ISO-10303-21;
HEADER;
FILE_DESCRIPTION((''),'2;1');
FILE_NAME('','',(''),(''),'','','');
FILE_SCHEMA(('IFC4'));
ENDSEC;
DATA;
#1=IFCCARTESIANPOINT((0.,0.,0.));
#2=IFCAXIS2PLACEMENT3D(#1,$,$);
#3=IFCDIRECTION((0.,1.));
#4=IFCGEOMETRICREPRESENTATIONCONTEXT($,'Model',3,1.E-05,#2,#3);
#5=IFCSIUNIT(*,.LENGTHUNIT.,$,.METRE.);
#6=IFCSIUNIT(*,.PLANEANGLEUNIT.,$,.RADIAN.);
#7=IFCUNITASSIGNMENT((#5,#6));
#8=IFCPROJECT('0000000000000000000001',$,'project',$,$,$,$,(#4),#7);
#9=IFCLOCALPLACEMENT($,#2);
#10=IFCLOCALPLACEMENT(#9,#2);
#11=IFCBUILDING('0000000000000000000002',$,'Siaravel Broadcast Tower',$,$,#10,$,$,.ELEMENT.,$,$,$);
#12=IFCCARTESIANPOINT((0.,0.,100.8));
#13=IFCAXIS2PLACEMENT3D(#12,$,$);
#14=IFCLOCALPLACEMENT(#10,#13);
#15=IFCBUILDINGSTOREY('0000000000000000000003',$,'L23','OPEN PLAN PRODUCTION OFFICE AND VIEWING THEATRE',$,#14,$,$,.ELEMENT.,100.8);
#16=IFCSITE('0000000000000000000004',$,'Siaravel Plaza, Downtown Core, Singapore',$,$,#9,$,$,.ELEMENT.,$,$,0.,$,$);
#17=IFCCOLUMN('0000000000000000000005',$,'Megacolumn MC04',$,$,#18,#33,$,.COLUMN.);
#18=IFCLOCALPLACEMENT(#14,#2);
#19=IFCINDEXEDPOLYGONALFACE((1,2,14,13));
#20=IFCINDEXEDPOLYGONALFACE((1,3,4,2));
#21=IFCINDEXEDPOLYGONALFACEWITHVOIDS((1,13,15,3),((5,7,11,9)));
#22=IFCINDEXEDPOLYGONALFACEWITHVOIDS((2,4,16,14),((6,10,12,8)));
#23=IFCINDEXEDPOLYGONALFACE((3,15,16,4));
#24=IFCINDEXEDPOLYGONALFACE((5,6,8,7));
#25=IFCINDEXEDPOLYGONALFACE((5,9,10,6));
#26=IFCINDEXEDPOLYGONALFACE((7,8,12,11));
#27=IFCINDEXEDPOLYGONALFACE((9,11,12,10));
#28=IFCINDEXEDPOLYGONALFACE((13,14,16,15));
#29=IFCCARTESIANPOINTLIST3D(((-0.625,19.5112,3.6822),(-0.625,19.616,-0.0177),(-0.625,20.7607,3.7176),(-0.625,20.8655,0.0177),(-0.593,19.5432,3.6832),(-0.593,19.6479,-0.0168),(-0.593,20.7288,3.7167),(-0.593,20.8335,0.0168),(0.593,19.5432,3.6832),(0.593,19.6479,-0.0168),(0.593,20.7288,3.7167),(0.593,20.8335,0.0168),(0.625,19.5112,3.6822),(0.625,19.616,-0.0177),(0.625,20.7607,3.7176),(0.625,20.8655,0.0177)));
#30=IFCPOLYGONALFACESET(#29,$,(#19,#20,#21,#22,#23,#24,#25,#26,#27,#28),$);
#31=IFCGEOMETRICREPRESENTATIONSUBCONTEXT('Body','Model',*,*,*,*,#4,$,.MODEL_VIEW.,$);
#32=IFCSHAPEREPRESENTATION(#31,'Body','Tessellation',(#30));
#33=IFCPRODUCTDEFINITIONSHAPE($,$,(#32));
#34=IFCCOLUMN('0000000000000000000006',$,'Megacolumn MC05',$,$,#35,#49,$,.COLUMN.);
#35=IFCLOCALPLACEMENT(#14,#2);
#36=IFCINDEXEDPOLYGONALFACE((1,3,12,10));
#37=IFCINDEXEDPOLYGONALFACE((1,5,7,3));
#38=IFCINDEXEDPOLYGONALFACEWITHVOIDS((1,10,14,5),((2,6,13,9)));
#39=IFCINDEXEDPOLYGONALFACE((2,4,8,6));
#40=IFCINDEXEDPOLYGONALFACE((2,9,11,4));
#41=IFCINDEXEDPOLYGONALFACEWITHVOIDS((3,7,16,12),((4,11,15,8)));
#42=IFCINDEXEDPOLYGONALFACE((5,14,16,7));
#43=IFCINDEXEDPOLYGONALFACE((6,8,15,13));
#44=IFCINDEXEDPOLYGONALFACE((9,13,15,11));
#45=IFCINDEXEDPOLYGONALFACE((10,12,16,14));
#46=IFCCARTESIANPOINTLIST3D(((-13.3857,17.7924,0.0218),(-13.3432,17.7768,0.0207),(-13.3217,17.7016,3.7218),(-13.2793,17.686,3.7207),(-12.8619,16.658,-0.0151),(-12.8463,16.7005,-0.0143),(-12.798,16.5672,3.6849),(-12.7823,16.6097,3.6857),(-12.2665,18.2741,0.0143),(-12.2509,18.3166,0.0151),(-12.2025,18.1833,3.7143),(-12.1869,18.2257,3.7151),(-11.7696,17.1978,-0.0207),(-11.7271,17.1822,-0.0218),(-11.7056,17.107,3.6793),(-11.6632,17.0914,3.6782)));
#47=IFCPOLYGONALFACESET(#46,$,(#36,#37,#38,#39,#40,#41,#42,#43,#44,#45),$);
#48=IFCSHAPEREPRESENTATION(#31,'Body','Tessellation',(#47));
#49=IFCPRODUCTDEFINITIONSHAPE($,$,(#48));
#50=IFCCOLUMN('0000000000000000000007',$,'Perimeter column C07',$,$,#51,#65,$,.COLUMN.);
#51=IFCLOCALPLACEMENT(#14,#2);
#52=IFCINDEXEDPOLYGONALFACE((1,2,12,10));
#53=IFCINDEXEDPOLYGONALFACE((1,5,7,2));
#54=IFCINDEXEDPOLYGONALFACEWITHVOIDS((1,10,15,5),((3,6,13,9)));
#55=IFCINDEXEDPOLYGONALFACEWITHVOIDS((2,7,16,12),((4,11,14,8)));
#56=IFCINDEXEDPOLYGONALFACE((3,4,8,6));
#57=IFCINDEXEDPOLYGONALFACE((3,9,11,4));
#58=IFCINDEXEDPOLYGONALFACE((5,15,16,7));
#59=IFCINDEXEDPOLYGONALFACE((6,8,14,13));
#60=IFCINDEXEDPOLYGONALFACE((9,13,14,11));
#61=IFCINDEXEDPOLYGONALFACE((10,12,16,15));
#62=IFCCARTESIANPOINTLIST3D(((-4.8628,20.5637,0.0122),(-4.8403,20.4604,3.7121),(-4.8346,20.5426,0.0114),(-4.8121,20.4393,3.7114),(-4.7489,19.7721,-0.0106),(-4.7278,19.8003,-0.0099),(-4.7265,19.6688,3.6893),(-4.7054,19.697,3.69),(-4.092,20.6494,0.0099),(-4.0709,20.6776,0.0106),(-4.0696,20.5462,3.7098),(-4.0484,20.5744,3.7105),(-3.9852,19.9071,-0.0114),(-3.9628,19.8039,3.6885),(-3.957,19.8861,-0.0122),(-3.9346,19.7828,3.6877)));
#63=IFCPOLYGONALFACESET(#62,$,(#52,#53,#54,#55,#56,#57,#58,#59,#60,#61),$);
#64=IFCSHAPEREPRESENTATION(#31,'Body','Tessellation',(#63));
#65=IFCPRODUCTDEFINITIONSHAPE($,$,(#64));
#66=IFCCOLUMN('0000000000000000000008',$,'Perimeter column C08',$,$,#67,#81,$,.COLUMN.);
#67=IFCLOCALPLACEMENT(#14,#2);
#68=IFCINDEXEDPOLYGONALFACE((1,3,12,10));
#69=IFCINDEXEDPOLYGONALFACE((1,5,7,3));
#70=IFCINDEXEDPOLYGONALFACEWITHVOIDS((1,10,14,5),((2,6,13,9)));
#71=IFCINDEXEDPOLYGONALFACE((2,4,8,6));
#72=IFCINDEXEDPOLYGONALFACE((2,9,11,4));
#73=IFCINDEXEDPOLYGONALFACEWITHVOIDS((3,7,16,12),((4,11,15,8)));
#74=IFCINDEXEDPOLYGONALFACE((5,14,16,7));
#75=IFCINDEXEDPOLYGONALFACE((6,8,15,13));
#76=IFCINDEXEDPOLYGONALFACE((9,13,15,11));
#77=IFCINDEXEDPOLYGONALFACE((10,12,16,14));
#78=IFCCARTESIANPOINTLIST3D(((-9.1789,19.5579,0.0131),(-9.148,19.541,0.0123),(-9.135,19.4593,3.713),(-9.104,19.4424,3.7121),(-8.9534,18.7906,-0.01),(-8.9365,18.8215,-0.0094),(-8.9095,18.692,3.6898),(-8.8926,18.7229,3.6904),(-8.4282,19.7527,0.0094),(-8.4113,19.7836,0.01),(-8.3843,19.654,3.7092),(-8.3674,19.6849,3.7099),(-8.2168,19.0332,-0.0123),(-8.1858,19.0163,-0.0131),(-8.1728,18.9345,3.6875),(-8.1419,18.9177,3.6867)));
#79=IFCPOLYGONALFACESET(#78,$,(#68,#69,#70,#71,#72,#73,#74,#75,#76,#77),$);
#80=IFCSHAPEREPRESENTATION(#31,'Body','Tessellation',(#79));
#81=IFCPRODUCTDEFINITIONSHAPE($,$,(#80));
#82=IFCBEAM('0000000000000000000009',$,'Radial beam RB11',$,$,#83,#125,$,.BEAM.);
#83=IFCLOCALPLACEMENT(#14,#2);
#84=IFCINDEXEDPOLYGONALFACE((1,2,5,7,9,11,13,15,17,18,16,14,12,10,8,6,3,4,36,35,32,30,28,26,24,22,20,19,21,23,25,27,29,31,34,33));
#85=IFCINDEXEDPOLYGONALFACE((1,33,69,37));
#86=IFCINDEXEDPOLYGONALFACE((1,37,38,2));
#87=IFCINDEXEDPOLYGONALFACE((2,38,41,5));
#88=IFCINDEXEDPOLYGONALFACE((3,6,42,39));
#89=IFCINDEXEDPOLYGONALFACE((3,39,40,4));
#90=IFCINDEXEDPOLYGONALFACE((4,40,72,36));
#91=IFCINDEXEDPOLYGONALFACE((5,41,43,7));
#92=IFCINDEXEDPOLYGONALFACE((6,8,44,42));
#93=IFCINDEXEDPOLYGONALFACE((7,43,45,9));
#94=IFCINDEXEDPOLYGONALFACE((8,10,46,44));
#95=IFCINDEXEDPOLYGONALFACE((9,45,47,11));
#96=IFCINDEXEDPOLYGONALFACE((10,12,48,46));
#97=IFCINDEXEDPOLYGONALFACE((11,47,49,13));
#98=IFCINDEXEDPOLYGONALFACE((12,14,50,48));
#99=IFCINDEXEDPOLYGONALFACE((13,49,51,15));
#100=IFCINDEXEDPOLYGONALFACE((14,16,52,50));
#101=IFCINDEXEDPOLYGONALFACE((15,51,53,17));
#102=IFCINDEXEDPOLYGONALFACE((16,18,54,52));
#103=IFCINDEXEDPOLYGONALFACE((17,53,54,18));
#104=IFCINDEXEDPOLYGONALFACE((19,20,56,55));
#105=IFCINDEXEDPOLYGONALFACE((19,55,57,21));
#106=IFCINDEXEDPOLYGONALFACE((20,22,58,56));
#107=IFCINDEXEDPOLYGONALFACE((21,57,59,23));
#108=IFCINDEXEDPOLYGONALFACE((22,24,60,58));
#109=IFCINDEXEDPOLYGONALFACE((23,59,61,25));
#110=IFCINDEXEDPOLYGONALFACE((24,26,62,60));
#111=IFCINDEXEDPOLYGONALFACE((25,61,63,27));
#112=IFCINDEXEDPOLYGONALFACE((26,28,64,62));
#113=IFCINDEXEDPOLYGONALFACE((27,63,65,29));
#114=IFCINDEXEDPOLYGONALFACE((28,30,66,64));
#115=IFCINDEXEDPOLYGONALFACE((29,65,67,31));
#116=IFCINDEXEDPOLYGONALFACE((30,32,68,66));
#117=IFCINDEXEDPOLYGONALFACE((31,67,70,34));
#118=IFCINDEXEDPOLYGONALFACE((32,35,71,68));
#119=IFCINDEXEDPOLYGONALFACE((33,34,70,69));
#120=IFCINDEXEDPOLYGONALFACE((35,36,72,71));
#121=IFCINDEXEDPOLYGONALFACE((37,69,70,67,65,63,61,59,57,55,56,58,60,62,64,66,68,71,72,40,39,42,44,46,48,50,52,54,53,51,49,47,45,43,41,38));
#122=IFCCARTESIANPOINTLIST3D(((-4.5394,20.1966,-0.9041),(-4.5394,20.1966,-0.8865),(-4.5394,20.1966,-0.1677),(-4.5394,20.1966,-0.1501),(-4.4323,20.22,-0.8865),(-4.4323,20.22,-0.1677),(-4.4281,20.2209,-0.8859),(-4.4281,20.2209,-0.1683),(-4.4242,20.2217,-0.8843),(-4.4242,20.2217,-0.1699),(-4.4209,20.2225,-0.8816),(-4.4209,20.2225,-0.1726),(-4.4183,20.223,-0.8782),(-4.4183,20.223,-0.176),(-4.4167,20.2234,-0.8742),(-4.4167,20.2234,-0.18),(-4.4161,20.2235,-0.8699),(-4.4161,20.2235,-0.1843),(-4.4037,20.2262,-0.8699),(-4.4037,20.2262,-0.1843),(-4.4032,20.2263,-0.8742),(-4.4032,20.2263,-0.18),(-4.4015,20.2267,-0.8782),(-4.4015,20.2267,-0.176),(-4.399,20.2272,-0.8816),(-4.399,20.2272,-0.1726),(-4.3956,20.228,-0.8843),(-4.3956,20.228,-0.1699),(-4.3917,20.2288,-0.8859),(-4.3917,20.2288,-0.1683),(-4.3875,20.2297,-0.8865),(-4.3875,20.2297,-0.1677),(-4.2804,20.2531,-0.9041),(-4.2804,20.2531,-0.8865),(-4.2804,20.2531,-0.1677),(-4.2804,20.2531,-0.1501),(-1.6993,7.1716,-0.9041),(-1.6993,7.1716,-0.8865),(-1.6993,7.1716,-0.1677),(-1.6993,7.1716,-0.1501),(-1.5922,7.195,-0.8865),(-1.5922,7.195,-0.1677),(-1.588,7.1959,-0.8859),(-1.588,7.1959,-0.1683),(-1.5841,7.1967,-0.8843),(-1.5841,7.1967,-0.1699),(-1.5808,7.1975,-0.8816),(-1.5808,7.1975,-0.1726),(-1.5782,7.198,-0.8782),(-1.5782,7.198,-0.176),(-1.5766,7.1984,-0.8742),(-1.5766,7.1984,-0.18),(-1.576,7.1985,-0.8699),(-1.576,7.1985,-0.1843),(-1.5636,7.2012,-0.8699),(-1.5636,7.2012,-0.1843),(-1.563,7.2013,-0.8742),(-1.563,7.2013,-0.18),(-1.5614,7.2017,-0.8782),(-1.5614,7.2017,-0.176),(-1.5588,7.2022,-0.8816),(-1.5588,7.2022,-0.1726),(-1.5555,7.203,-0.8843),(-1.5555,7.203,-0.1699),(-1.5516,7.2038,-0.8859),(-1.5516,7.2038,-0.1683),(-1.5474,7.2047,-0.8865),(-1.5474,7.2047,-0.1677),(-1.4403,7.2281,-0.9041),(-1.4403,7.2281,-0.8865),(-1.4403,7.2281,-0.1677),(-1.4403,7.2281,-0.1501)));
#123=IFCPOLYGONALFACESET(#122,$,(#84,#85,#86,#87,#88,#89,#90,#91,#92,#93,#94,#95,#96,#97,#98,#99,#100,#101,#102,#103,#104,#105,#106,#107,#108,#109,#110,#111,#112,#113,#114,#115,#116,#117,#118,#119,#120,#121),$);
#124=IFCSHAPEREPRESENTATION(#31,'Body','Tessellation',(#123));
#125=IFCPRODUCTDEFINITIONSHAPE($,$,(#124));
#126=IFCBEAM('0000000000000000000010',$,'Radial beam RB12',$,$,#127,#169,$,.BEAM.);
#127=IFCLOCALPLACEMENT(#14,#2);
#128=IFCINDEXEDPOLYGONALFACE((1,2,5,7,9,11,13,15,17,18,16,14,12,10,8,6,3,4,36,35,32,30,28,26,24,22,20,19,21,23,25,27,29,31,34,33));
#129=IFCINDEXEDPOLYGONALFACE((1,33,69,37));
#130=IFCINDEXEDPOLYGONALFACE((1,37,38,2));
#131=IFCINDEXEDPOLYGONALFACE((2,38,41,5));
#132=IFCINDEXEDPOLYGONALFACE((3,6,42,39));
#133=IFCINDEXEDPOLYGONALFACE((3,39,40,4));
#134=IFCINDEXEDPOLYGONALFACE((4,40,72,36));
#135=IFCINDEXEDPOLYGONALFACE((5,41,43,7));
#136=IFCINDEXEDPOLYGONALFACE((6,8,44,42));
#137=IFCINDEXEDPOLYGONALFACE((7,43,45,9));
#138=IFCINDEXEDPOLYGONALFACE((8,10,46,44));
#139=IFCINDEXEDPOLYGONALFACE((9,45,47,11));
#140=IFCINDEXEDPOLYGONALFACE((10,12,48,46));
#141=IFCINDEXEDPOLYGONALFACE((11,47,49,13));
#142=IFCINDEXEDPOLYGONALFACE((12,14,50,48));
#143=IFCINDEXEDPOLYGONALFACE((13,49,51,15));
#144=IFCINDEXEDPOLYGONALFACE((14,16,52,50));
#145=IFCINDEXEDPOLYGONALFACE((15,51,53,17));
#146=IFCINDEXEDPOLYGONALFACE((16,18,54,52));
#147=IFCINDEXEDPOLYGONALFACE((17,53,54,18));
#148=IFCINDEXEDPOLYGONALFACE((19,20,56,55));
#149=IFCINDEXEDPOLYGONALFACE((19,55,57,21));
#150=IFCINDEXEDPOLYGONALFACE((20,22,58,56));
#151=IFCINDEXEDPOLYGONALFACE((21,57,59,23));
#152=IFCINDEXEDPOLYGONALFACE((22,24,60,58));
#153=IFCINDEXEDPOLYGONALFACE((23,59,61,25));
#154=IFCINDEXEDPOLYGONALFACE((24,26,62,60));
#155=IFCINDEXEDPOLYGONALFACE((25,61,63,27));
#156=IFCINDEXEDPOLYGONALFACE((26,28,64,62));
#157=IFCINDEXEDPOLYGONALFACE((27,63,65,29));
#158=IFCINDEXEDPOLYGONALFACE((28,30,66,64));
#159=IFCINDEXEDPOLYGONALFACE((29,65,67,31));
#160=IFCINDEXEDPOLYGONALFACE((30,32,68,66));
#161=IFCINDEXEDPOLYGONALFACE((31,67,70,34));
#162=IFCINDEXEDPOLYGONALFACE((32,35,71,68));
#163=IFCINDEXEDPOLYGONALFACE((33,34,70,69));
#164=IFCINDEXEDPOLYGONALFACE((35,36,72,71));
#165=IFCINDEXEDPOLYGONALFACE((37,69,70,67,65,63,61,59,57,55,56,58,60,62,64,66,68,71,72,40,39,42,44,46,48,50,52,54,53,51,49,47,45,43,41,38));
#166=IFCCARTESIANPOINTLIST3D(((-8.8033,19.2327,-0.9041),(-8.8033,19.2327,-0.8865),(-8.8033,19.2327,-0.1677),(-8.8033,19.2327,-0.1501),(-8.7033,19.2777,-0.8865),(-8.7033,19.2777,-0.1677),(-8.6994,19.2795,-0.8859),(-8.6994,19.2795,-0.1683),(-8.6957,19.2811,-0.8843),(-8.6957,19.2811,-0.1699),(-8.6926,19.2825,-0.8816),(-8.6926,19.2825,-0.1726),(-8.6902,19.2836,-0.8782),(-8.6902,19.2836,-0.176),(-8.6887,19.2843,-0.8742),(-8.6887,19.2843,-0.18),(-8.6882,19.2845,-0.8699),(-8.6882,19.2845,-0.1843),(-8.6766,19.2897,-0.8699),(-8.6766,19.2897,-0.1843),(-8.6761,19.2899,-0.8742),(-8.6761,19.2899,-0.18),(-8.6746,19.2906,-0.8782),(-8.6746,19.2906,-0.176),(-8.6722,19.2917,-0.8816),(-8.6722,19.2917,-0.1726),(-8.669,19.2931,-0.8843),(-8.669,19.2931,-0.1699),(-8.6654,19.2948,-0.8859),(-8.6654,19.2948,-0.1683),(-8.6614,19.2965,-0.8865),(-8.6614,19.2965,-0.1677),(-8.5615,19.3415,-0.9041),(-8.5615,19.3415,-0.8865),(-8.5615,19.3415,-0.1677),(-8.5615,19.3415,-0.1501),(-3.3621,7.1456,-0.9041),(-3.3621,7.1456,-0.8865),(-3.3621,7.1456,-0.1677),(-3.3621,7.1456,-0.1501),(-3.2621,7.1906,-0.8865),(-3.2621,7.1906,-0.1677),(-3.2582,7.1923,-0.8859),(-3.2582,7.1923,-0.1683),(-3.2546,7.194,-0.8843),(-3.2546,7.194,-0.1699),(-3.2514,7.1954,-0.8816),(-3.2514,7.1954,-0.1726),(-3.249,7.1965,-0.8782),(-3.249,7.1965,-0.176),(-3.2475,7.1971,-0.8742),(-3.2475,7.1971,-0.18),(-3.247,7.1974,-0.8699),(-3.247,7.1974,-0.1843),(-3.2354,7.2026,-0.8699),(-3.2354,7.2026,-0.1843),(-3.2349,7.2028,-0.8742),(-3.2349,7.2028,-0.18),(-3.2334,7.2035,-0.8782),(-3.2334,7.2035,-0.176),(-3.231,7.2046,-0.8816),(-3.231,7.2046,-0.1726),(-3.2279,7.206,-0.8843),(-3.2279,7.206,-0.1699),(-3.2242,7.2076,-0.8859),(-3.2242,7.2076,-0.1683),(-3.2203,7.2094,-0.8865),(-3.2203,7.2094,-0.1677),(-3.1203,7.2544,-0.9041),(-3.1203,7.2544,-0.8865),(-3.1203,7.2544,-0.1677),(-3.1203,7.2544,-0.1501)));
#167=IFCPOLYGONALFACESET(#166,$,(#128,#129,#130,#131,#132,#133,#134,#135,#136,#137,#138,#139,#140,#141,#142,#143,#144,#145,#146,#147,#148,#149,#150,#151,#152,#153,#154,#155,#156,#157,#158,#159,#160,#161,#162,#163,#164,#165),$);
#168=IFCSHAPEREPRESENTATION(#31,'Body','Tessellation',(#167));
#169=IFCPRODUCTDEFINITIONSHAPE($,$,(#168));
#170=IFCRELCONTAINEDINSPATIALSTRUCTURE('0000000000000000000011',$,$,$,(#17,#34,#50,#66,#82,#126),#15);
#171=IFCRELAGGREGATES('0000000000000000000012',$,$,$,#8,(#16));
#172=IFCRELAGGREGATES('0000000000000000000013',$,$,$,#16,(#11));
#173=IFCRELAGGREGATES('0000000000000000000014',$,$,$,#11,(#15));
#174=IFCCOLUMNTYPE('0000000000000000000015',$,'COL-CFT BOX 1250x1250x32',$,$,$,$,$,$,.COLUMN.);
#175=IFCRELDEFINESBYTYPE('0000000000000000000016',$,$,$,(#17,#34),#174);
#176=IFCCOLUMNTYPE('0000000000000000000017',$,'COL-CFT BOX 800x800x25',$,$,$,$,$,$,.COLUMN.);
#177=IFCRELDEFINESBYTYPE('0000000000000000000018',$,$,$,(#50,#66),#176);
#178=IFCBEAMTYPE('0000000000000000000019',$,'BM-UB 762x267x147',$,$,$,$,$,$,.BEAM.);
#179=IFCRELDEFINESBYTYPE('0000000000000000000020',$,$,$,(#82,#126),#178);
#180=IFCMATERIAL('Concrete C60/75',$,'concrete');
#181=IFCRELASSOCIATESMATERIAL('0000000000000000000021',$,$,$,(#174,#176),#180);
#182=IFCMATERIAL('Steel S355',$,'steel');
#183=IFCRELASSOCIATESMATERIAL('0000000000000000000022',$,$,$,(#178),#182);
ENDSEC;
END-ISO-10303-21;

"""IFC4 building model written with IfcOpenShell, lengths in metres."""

from ifc_helpers import new_model, si_unit, direction, frame, origin, origin_2d, place, context, subcontext, project, spatial, hollow_rectangle, i_section, extrude, material, material_profile, profile_set, type_object, element, save


model = new_model("IFC4")

# Units and contexts
model_context = context("Model", 3, precision=1e-05, world=origin(), true_north=direction((0.0, 1.0)))
body_context = subcontext(model_context, "Body", "Model", "MODEL_VIEW")
ifc_project = project(units=[si_unit("LENGTHUNIT", "METRE"), si_unit("PLANEANGLEUNIT", "RADIAN")], contexts=[model_context])

# Site, building, storey
site_placement = place(None, origin())
site = spatial("IfcSite", under=ifc_project, at=site_placement, Name="Siaravel Plaza, Downtown Core, Singapore", CompositionType="ELEMENT", RefElevation=0.0)
building_placement = place(site_placement, origin())
building = spatial("IfcBuilding", under=site, at=building_placement, Name="Siaravel Broadcast Tower", CompositionType="ELEMENT")
storey_placement = place(building_placement, frame((0.0, 0.0, 100.8)))
storey = spatial("IfcBuildingStorey", under=building, at=storey_placement, Name="L23", Description="OPEN PLAN PRODUCTION OFFICE AND VIEWING THEATRE", CompositionType="ELEMENT", Elevation=100.8)

# Columns
ifc_material_1 = material(Name="Concrete C60/75", Category="concrete")
ifc_material_profile_1 = material_profile(ifc_material_1, hollow_rectangle(XDim=1.25, YDim=1.25, WallThickness=0.032, at=origin_2d()))
ifc_profile_set_1 = profile_set([ifc_material_profile_1], Name="Concrete C60/75")
column_type_1 = type_object("IfcColumnType", Name="COL-CFT BOX 1250x1250x32", PredefinedType="COLUMN", material=ifc_profile_set_1)
column_1_placement = place(storey_placement, frame((0.0, 20.2407, 0.0), z_axis=(0.0, -0.028296, 0.9996), x_axis=(1.0, 0.0, 0.0)))
element("IfcColumn", 1, at=column_1_placement, inside=storey, type_object=column_type_1, Name="Megacolumn MC04", PredefinedType="COLUMN", context=body_context, shape_type="SweptSolid", body=[
    extrude(hollow_rectangle(XDim=1.25, YDim=1.25, WallThickness=0.032, at=origin_2d()), origin(), (0.0, 0.0, 1.0), 3.7014),
])
column_2_placement = place(storey_placement, frame((-12.5564, 17.4873, 0.0), z_axis=(0.01728, -0.024535, 0.99955), x_axis=(0.907825, 0.419314, -0.005402)))
element("IfcColumn", 2, at=column_2_placement, inside=storey, type_object=column_type_1, Name="Megacolumn MC05", PredefinedType="COLUMN", context=body_context, shape_type="SweptSolid", body=[
    extrude(hollow_rectangle(XDim=1.25, YDim=1.25, WallThickness=0.032, at=origin_2d()), origin(), (0.0, 0.0, 1.0), 3.7017),
])
ifc_material_profile_2 = material_profile(ifc_material_1, hollow_rectangle(XDim=0.8, YDim=0.8, WallThickness=0.0249, at=origin_2d()))
ifc_profile_set_2 = profile_set([ifc_material_profile_2], Name="Concrete C60/75")
column_type_2 = type_object("IfcColumnType", Name="COL-CFT BOX 800x800x25", PredefinedType="COLUMN", material=ifc_profile_set_2)
for number, where, z_axis, x_axis, name in (
    (3, (-4.4099, 20.2249, 0.0), (0.006068, -0.0279, 0.999592), (0.989799, 0.142457, -0.002032), "Perimeter column C07"),
    (4, (-8.6824, 19.2871, 0.0), (0.011872, -0.026647, 0.999574), (0.959384, 0.282077, -0.003875), "Perimeter column C08"),
):
    element("IfcColumn", number, at=place(storey_placement, frame(where, z_axis=z_axis, x_axis=x_axis)), inside=storey, type_object=column_type_2, Name=name, PredefinedType="COLUMN", context=body_context, shape_type="SweptSolid", body=[
        extrude(hollow_rectangle(XDim=0.8, YDim=0.8, WallThickness=0.0249, at=origin_2d()), origin(), (0.0, 0.0, 1.0), 3.7014),
    ])

# Beams
ifc_material_2 = material(Name="Steel S355", Category="steel")
ifc_material_profile_3 = material_profile(ifc_material_2, i_section(OverallWidth=0.2651, OverallDepth=0.7539, WebThickness=0.0127, FlangeThickness=0.0176, FilletRadius=0.0166, at=origin_2d()))
ifc_profile_set_3 = profile_set([ifc_material_profile_3], Name="Steel S355")
beam_type = type_object("IfcBeamType", Name="BM-UB 762x267x147", PredefinedType="BEAM", material=ifc_profile_set_3)
beam_1_placement = place(storey_placement, frame((-4.4099, 20.2249, -0.5271), z_axis=(0.213045, -0.977042, 0.0), x_axis=(0.977042, 0.213045, 0.0)))
element("IfcBeam", 5, at=beam_1_placement, inside=storey, type_object=beam_type, Name="Radial beam RB11", PredefinedType="BEAM", context=body_context, shape_type="SweptSolid", body=[
    extrude(i_section(OverallWidth=0.2651, OverallDepth=0.7539, WebThickness=0.0127, FlangeThickness=0.0176, FilletRadius=0.0166, at=origin_2d()), origin(), (0.0, 0.0, 1.0), 13.3311),
])
beam_2_placement = place(storey_placement, frame((-8.6824, 19.2871, -0.5271), z_axis=(0.410486, -0.911867, 0.0), x_axis=(0.911867, 0.410486, 0.0)))
element("IfcBeam", 6, at=beam_2_placement, inside=storey, type_object=beam_type, Name="Radial beam RB12", PredefinedType="BEAM", context=body_context, shape_type="SweptSolid", body=[
    extrude(i_section(OverallWidth=0.2651, OverallDepth=0.7539, WebThickness=0.0127, FlangeThickness=0.0176, FilletRadius=0.0166, at=origin_2d()), origin(), (0.0, 0.0, 1.0), 13.2554),
])

save(model, "model.ifc")
